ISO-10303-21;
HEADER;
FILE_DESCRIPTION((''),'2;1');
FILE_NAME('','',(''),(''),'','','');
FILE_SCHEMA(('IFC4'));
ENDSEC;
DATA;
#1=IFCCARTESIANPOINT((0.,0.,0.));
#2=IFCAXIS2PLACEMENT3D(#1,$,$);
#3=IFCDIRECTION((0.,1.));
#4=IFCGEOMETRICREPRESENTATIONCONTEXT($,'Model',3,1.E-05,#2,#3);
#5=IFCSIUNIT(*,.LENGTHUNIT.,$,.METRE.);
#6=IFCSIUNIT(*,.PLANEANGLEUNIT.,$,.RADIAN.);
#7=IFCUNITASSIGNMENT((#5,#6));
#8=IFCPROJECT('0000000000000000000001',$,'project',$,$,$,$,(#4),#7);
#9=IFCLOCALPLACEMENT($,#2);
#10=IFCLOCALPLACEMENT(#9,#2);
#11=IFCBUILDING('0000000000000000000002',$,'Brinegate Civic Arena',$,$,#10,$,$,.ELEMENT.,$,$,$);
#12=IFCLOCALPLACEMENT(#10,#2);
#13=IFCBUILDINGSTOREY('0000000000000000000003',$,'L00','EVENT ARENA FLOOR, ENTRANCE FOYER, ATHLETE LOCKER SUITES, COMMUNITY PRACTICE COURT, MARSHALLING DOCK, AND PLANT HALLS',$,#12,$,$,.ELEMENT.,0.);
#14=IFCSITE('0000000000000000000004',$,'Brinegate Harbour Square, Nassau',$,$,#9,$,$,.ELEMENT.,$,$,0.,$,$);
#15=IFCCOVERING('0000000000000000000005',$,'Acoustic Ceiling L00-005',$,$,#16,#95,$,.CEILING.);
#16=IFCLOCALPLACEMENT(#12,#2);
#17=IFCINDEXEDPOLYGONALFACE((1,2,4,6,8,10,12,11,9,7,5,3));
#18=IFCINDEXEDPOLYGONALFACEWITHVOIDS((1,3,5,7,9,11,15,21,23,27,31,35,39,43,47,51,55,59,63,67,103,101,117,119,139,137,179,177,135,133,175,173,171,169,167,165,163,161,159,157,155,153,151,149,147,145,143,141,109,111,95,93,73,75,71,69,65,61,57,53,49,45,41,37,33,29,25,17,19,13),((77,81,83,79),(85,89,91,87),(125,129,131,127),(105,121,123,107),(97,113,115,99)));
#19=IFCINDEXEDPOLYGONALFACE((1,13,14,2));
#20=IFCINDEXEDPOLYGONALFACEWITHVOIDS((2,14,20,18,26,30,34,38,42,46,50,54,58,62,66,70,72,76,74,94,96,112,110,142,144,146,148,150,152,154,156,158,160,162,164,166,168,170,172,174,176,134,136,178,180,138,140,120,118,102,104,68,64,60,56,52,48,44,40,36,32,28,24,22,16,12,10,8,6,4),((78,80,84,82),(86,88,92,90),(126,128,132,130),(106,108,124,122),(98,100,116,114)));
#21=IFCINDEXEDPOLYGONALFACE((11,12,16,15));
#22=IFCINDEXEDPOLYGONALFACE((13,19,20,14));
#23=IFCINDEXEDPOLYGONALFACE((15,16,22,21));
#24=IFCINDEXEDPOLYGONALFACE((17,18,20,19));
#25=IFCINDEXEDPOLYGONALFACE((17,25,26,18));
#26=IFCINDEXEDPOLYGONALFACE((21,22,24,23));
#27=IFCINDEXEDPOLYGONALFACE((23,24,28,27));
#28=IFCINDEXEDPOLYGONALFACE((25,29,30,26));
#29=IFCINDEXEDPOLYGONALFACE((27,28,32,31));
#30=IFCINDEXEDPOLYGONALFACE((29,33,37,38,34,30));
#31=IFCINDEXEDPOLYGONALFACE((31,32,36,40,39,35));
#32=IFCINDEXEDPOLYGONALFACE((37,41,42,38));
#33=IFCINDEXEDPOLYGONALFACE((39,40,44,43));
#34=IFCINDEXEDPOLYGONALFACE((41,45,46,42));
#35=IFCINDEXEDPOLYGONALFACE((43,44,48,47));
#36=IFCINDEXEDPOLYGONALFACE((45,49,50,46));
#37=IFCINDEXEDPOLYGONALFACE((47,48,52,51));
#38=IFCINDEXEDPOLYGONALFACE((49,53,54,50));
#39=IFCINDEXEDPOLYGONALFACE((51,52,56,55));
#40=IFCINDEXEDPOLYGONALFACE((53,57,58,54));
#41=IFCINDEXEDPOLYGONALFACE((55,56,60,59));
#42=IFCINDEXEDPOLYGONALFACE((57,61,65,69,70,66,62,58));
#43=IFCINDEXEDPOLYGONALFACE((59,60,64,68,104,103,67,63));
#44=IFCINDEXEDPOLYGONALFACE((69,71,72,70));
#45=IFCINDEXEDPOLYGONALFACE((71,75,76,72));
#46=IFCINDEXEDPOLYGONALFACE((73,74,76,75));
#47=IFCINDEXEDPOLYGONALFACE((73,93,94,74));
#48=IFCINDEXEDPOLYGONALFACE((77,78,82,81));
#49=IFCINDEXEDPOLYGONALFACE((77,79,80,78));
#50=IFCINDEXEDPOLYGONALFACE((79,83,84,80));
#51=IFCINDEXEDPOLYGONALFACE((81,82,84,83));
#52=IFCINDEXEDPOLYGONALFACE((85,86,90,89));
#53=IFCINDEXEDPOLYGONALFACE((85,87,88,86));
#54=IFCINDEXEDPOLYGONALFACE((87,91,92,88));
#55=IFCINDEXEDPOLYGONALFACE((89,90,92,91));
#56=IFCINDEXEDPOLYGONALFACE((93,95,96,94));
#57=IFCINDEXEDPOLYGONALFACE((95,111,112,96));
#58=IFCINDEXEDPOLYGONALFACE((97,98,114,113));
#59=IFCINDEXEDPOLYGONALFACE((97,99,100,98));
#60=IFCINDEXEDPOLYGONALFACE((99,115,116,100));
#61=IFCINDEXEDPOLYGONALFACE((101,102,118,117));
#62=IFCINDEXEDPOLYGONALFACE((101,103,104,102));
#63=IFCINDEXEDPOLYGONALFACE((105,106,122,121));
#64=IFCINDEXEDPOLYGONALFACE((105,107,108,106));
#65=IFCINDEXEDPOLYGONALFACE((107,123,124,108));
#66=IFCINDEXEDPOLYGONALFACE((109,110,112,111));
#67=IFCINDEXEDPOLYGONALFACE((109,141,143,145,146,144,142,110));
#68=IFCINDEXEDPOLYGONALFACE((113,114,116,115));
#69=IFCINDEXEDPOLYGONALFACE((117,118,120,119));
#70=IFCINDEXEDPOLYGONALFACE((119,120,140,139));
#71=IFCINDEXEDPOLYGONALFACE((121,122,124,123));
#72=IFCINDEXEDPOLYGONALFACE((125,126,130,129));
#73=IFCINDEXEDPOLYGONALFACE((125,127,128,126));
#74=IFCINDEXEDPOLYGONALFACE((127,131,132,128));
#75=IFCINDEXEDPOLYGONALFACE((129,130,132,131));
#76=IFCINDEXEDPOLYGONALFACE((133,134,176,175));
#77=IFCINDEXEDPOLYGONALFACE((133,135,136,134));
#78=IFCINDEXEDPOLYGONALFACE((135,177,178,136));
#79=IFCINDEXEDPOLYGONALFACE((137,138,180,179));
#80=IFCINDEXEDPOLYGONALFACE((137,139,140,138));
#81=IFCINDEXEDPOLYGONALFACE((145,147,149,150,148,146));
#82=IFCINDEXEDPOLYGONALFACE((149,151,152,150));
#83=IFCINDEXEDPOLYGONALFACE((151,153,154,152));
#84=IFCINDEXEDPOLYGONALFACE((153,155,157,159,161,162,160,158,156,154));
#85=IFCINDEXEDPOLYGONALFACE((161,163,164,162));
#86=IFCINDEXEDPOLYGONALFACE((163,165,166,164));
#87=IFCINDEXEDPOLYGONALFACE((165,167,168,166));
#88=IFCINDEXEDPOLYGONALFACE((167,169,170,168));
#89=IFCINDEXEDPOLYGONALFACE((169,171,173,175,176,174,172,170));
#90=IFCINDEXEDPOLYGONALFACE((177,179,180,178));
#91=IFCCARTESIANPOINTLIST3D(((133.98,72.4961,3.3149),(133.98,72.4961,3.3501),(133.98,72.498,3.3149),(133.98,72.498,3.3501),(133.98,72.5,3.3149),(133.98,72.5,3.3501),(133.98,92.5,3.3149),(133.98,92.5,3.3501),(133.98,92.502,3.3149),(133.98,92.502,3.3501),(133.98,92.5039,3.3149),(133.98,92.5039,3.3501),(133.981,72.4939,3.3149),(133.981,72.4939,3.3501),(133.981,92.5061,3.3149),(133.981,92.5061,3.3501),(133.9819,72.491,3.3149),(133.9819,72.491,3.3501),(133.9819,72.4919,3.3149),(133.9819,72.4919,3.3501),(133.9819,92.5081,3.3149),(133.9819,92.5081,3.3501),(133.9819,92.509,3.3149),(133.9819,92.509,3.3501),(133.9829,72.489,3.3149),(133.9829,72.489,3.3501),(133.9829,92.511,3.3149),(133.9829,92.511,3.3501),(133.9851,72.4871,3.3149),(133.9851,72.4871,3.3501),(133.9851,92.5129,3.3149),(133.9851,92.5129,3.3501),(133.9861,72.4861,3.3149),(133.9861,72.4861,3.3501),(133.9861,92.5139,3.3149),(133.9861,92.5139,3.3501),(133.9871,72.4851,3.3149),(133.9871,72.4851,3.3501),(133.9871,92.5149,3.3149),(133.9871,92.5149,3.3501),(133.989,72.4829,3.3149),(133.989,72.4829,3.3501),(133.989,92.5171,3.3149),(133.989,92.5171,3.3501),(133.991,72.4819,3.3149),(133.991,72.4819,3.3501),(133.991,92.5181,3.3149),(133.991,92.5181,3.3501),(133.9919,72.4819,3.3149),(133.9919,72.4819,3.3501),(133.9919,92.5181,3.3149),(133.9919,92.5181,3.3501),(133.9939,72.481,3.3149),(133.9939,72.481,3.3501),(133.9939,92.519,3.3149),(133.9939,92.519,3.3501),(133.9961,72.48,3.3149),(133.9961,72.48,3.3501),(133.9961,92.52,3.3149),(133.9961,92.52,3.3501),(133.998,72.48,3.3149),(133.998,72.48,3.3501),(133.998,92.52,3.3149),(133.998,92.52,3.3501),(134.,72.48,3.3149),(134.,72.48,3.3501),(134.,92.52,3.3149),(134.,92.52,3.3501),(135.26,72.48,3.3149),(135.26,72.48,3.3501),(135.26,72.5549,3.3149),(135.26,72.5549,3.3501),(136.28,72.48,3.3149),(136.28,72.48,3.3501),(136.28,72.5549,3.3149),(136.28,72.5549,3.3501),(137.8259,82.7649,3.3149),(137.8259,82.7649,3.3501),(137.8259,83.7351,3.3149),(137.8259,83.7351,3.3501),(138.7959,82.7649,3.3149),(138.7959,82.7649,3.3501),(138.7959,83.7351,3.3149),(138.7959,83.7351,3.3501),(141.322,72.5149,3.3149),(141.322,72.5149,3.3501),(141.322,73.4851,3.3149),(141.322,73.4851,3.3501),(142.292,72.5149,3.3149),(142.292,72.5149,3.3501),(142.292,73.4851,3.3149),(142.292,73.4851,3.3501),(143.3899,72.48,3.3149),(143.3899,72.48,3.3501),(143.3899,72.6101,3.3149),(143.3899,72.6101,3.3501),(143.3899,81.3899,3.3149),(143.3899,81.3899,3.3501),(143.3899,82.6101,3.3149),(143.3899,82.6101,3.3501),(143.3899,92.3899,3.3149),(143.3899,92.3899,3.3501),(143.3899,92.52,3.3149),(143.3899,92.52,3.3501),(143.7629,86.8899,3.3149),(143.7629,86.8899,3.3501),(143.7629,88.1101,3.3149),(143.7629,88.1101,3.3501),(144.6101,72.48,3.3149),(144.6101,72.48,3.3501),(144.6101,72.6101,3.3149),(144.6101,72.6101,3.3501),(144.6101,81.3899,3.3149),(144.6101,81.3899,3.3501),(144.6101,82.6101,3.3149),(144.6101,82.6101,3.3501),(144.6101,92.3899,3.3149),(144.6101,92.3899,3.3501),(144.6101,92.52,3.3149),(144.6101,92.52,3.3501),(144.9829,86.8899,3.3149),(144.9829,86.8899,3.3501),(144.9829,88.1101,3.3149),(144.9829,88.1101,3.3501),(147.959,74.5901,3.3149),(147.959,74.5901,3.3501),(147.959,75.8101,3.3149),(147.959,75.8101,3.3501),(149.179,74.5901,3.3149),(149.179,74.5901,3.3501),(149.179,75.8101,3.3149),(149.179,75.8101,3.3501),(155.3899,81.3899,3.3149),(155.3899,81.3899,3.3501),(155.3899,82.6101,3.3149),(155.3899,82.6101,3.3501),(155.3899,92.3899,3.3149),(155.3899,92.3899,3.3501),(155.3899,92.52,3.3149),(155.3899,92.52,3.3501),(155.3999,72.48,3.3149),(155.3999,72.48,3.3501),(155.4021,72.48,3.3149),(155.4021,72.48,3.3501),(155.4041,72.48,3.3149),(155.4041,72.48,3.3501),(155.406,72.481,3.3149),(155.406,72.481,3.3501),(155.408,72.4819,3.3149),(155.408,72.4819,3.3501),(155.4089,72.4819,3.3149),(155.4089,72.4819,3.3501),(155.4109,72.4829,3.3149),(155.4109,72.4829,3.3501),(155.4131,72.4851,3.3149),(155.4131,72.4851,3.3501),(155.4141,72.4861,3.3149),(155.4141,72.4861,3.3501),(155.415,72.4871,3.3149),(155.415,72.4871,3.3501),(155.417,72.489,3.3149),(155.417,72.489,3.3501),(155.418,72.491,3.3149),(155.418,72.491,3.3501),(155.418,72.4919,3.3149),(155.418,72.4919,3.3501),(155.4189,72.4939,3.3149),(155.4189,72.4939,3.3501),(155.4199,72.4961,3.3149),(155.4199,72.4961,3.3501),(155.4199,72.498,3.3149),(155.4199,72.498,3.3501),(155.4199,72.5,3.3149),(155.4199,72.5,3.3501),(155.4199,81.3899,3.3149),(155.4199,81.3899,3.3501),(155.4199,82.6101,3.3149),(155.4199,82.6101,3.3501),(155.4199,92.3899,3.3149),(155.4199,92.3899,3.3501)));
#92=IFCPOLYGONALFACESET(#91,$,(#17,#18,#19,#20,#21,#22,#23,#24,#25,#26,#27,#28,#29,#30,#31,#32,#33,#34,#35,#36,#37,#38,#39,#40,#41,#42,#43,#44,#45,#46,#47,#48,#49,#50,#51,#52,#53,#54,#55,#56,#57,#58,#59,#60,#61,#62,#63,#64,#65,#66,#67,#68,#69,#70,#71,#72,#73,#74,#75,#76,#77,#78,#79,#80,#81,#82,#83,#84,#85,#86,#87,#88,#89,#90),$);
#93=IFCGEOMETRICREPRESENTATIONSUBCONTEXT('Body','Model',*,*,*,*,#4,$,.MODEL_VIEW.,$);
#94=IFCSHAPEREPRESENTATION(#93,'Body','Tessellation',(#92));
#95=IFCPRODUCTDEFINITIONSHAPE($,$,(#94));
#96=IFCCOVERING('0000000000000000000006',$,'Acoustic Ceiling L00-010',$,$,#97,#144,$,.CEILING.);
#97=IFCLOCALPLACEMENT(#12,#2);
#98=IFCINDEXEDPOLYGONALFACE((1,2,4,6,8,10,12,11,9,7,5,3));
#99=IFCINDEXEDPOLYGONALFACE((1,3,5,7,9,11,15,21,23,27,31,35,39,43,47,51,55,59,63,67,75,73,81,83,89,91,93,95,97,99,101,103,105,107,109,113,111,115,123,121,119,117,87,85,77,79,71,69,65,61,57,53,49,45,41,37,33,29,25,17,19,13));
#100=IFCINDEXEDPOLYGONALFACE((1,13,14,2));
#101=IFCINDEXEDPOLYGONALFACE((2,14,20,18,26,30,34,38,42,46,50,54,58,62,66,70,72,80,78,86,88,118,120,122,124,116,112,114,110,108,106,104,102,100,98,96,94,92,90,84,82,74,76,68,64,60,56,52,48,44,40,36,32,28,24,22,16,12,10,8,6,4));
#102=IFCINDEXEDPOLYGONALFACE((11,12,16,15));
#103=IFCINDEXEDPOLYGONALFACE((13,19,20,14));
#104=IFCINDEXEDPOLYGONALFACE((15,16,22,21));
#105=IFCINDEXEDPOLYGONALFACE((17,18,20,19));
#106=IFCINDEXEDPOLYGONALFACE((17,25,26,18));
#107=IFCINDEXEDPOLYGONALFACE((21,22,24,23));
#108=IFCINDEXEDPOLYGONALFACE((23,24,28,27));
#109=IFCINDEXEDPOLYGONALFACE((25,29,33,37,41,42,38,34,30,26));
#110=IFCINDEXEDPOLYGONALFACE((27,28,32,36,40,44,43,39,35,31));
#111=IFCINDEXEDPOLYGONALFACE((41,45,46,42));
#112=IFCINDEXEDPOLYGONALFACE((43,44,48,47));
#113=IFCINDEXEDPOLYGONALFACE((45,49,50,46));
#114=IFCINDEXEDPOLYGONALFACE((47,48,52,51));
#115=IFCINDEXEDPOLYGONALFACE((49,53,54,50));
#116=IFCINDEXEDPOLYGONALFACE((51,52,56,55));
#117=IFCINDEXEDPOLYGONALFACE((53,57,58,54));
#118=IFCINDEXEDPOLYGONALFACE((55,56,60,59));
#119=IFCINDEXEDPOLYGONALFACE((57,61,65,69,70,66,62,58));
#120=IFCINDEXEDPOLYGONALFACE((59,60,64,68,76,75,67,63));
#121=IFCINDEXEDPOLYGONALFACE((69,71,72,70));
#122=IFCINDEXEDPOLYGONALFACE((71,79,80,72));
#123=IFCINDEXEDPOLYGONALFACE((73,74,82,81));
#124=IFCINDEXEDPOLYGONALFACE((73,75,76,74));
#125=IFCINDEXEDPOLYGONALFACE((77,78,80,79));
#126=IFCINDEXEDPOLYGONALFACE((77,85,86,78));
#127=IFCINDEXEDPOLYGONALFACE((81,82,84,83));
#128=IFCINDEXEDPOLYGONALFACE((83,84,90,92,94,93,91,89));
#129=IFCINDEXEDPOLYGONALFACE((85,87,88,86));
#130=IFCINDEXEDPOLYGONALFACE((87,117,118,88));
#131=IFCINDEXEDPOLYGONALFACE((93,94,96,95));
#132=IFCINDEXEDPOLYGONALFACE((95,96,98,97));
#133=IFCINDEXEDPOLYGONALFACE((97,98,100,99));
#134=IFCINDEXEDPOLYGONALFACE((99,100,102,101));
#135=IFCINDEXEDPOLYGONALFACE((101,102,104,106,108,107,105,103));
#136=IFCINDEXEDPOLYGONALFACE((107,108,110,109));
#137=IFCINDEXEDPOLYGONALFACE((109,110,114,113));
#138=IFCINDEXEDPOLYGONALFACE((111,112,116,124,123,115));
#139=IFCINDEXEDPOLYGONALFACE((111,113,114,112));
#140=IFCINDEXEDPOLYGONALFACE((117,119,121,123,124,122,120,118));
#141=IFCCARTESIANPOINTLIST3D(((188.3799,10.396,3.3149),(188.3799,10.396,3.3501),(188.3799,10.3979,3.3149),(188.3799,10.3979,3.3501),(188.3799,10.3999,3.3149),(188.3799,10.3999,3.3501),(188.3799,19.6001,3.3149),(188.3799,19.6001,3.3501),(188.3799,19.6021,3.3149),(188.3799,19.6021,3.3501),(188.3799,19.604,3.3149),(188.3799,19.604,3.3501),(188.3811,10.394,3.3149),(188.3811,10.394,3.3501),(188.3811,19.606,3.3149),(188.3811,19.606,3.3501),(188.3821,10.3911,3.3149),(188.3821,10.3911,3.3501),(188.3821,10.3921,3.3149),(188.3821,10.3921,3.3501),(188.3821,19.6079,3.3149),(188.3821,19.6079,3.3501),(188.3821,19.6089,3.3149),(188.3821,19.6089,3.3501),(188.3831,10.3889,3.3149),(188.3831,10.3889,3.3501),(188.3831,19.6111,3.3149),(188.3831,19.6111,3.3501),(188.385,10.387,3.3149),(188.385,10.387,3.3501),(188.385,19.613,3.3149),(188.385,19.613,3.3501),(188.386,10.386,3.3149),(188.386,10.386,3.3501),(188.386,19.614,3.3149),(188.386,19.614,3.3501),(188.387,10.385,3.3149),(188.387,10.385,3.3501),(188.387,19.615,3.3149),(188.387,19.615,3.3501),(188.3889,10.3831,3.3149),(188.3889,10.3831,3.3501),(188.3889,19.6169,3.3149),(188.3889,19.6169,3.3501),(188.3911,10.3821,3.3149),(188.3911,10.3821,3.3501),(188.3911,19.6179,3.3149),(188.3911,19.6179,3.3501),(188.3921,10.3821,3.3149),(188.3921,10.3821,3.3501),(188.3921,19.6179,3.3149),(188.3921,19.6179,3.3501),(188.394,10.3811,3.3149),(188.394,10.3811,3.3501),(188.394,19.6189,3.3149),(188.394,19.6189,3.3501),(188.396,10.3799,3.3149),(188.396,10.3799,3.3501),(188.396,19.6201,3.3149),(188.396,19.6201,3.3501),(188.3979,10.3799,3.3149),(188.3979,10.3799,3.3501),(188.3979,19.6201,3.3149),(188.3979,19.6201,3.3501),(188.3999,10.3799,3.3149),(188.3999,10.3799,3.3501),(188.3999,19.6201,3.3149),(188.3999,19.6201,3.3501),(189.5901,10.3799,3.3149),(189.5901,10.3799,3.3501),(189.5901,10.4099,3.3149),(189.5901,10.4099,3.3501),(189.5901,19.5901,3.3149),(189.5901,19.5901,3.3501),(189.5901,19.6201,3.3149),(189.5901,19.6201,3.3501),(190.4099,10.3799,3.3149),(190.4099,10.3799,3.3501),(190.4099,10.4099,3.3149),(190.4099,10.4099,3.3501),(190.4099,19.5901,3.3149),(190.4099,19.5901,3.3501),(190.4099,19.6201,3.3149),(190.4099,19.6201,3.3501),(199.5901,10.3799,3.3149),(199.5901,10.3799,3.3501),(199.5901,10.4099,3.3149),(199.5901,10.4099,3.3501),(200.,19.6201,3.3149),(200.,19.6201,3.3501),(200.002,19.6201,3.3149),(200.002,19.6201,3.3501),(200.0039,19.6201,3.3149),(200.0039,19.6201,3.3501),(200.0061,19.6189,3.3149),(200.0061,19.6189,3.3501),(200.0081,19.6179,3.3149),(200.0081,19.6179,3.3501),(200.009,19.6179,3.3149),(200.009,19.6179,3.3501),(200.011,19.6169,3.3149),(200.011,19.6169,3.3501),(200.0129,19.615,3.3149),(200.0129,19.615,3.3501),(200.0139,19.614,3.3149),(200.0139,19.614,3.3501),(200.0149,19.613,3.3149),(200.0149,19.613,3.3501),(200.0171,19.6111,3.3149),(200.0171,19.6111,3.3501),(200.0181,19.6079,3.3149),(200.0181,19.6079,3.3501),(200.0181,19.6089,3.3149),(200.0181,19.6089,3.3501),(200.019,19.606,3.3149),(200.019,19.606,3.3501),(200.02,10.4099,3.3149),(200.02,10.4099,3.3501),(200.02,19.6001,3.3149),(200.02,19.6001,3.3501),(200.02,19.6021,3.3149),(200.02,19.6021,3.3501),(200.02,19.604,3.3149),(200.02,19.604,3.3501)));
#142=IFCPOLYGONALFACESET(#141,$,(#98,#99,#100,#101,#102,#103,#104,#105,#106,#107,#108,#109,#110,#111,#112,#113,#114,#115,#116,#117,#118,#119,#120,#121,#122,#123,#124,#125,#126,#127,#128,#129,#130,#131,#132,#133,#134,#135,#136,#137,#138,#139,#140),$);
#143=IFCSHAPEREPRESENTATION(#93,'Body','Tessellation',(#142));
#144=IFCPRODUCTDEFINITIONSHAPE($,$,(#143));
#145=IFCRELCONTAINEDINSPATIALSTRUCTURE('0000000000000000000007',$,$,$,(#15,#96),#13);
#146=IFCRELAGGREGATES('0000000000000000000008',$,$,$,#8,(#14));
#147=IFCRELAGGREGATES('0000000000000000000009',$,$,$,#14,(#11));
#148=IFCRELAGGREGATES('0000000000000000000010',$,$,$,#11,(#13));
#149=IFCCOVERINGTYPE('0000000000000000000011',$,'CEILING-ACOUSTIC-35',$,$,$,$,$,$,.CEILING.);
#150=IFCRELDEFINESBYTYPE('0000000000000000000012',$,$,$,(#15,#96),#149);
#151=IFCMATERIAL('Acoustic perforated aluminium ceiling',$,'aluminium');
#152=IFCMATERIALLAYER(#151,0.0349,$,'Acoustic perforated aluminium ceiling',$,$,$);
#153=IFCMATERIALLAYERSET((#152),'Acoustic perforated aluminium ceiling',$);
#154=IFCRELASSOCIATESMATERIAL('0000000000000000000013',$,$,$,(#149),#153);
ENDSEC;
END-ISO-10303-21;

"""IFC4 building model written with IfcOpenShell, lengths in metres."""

from ifc_helpers import new_model, si_unit, direction, frame, origin, place, context, subcontext, project, spatial, polyline, outline, extrude, material, layer, layer_set, type_object, element, save


model = new_model("IFC4")

# Units and contexts
model_context = context("Model", 3, precision=1e-05, world=origin(), true_north=direction((0.0, 1.0)))
body_context = subcontext(model_context, "Body", "Model", "MODEL_VIEW")
ifc_project = project(units=[si_unit("LENGTHUNIT", "METRE"), si_unit("PLANEANGLEUNIT", "RADIAN")], contexts=[model_context])

# Site, building, storey
site_placement = place(None, origin())
site = spatial("IfcSite", under=ifc_project, at=site_placement, Name="Brinegate Harbour Square, Nassau", CompositionType="ELEMENT", RefElevation=0.0)
building_placement = place(site_placement, origin())
building = spatial("IfcBuilding", under=site, at=building_placement, Name="Brinegate Civic Arena", CompositionType="ELEMENT")
storey_placement = place(building_placement, origin())
storey = spatial("IfcBuildingStorey", under=building, at=storey_placement, Name="L00", Description="EVENT ARENA FLOOR, ENTRANCE FOYER, ATHLETE LOCKER SUITES, COMMUNITY PRACTICE COURT, MARSHALLING DOCK, AND PLANT HALLS", CompositionType="ELEMENT", Elevation=0.0)

# Coverings
ifc_material_1 = material(Name="Acoustic perforated aluminium ceiling", Category="aluminium")
ifc_layer_1 = layer(ifc_material_1, 0.0349, Name="Acoustic perforated aluminium ceiling")
ifc_layer_set_1 = layer_set([ifc_layer_1], Name="Acoustic perforated aluminium ceiling")
covering_type_1 = type_object("IfcCoveringType", Name="CEILING-ACOUSTIC-35", PredefinedType="CEILING", material=ifc_layer_set_1)
covering_1_placement = place(storey_placement, frame((0.0, 0.0, 3.3149)))
element("IfcCovering", 1, at=covering_1_placement, inside=storey, type_object=covering_type_1, Name="Acoustic Ceiling L00-005", PredefinedType="CEILING", context=body_context, shape_type="SweptSolid", body=[
    extrude(outline(polyline([(155.3899, 82.6101), (155.3899, 81.3899), (155.4199, 81.3899), (155.4199, 72.5), (155.4199, 72.498), (155.4199, 72.4961), (155.4189, 72.4939), (155.418, 72.4919), (155.418, 72.491), (155.417, 72.489), (155.415, 72.4871), (155.4141, 72.4861), (155.4131, 72.4851), (155.4109, 72.4829), (155.4089, 72.4819), (155.408, 72.4819), (155.406, 72.481), (155.4041, 72.48), (155.4021, 72.48), (155.3999, 72.48), (144.6101, 72.48), (144.6101, 72.6101), (143.3899, 72.6101), (143.3899, 72.48), (136.28, 72.48), (136.28, 72.5549), (135.26, 72.5549), (135.26, 72.48), (134.0, 72.48), (133.998, 72.48), (133.9961, 72.48), (133.9939, 72.481), (133.9919, 72.4819), (133.991, 72.4819), (133.989, 72.4829), (133.9871, 72.4851), (133.9861, 72.4861), (133.9851, 72.4871), (133.9829, 72.489), (133.9819, 72.491), (133.9819, 72.4919), (133.981, 72.4939), (133.98, 72.4961), (133.98, 72.498), (133.98, 72.5), (133.98, 92.5), (133.98, 92.502), (133.98, 92.5039), (133.981, 92.5061), (133.9819, 92.5081), (133.9819, 92.509), (133.9829, 92.511), (133.9851, 92.5129), (133.9861, 92.5139), (133.9871, 92.5149), (133.989, 92.5171), (133.991, 92.5181), (133.9919, 92.5181), (133.9939, 92.519), (133.9961, 92.52), (133.998, 92.52), (134.0, 92.52), (143.3899, 92.52), (143.3899, 92.3899), (144.6101, 92.3899), (144.6101, 92.52), (155.3899, 92.52), (155.3899, 92.3899), (155.4199, 92.3899), (155.4199, 82.6101), (155.3899, 82.6101)]), holes=[polyline([(142.292, 73.4851), (141.322, 73.4851), (141.322, 72.5149), (142.292, 72.5149), (142.292, 73.4851)]), polyline([(149.179, 75.8101), (147.959, 75.8101), (147.959, 74.5901), (149.179, 74.5901), (149.179, 75.8101)]), polyline([(144.6101, 82.6101), (143.3899, 82.6101), (143.3899, 81.3899), (144.6101, 81.3899), (144.6101, 82.6101)]), polyline([(138.7959, 83.7351), (137.8259, 83.7351), (137.8259, 82.7649), (138.7959, 82.7649), (138.7959, 83.7351)]), polyline([(144.9829, 88.1101), (143.7629, 88.1101), (143.7629, 86.8899), (144.9829, 86.8899), (144.9829, 88.1101)])]), origin(), (0.0, 0.0, 1.0), 0.0352),
])
covering_2_placement = place(storey_placement, frame((0.0, 0.0, 3.3149)))
element("IfcCovering", 2, at=covering_2_placement, inside=storey, type_object=covering_type_1, Name="Acoustic Ceiling L00-010", PredefinedType="CEILING", context=body_context, shape_type="SweptSolid", body=[
    extrude(outline(polyline([(200.0039, 19.6201), (200.0061, 19.6189), (200.0081, 19.6179), (200.009, 19.6179), (200.011, 19.6169), (200.0129, 19.615), (200.0139, 19.614), (200.0149, 19.613), (200.0171, 19.6111), (200.0181, 19.6089), (200.0181, 19.6079), (200.019, 19.606), (200.02, 19.604), (200.02, 19.6021), (200.02, 19.6001), (200.02, 10.4099), (199.5901, 10.4099), (199.5901, 10.3799), (190.4099, 10.3799), (190.4099, 10.4099), (189.5901, 10.4099), (189.5901, 10.3799), (188.3999, 10.3799), (188.3979, 10.3799), (188.396, 10.3799), (188.394, 10.3811), (188.3921, 10.3821), (188.3911, 10.3821), (188.3889, 10.3831), (188.387, 10.385), (188.386, 10.386), (188.385, 10.387), (188.3831, 10.3889), (188.3821, 10.3911), (188.3821, 10.3921), (188.3811, 10.394), (188.3799, 10.396), (188.3799, 10.3979), (188.3799, 10.3999), (188.3799, 19.6001), (188.3799, 19.6021), (188.3799, 19.604), (188.3811, 19.606), (188.3821, 19.6079), (188.3821, 19.6089), (188.3831, 19.6111), (188.385, 19.613), (188.386, 19.614), (188.387, 19.615), (188.3889, 19.6169), (188.3911, 19.6179), (188.3921, 19.6179), (188.394, 19.6189), (188.396, 19.6201), (188.3979, 19.6201), (188.3999, 19.6201), (189.5901, 19.6201), (189.5901, 19.5901), (190.4099, 19.5901), (190.4099, 19.6201), (200.0, 19.6201), (200.002, 19.6201), (200.0039, 19.6201)])), origin(), (0.0, 0.0, 1.0), 0.0352),
])

save(model, "model.ifc")
